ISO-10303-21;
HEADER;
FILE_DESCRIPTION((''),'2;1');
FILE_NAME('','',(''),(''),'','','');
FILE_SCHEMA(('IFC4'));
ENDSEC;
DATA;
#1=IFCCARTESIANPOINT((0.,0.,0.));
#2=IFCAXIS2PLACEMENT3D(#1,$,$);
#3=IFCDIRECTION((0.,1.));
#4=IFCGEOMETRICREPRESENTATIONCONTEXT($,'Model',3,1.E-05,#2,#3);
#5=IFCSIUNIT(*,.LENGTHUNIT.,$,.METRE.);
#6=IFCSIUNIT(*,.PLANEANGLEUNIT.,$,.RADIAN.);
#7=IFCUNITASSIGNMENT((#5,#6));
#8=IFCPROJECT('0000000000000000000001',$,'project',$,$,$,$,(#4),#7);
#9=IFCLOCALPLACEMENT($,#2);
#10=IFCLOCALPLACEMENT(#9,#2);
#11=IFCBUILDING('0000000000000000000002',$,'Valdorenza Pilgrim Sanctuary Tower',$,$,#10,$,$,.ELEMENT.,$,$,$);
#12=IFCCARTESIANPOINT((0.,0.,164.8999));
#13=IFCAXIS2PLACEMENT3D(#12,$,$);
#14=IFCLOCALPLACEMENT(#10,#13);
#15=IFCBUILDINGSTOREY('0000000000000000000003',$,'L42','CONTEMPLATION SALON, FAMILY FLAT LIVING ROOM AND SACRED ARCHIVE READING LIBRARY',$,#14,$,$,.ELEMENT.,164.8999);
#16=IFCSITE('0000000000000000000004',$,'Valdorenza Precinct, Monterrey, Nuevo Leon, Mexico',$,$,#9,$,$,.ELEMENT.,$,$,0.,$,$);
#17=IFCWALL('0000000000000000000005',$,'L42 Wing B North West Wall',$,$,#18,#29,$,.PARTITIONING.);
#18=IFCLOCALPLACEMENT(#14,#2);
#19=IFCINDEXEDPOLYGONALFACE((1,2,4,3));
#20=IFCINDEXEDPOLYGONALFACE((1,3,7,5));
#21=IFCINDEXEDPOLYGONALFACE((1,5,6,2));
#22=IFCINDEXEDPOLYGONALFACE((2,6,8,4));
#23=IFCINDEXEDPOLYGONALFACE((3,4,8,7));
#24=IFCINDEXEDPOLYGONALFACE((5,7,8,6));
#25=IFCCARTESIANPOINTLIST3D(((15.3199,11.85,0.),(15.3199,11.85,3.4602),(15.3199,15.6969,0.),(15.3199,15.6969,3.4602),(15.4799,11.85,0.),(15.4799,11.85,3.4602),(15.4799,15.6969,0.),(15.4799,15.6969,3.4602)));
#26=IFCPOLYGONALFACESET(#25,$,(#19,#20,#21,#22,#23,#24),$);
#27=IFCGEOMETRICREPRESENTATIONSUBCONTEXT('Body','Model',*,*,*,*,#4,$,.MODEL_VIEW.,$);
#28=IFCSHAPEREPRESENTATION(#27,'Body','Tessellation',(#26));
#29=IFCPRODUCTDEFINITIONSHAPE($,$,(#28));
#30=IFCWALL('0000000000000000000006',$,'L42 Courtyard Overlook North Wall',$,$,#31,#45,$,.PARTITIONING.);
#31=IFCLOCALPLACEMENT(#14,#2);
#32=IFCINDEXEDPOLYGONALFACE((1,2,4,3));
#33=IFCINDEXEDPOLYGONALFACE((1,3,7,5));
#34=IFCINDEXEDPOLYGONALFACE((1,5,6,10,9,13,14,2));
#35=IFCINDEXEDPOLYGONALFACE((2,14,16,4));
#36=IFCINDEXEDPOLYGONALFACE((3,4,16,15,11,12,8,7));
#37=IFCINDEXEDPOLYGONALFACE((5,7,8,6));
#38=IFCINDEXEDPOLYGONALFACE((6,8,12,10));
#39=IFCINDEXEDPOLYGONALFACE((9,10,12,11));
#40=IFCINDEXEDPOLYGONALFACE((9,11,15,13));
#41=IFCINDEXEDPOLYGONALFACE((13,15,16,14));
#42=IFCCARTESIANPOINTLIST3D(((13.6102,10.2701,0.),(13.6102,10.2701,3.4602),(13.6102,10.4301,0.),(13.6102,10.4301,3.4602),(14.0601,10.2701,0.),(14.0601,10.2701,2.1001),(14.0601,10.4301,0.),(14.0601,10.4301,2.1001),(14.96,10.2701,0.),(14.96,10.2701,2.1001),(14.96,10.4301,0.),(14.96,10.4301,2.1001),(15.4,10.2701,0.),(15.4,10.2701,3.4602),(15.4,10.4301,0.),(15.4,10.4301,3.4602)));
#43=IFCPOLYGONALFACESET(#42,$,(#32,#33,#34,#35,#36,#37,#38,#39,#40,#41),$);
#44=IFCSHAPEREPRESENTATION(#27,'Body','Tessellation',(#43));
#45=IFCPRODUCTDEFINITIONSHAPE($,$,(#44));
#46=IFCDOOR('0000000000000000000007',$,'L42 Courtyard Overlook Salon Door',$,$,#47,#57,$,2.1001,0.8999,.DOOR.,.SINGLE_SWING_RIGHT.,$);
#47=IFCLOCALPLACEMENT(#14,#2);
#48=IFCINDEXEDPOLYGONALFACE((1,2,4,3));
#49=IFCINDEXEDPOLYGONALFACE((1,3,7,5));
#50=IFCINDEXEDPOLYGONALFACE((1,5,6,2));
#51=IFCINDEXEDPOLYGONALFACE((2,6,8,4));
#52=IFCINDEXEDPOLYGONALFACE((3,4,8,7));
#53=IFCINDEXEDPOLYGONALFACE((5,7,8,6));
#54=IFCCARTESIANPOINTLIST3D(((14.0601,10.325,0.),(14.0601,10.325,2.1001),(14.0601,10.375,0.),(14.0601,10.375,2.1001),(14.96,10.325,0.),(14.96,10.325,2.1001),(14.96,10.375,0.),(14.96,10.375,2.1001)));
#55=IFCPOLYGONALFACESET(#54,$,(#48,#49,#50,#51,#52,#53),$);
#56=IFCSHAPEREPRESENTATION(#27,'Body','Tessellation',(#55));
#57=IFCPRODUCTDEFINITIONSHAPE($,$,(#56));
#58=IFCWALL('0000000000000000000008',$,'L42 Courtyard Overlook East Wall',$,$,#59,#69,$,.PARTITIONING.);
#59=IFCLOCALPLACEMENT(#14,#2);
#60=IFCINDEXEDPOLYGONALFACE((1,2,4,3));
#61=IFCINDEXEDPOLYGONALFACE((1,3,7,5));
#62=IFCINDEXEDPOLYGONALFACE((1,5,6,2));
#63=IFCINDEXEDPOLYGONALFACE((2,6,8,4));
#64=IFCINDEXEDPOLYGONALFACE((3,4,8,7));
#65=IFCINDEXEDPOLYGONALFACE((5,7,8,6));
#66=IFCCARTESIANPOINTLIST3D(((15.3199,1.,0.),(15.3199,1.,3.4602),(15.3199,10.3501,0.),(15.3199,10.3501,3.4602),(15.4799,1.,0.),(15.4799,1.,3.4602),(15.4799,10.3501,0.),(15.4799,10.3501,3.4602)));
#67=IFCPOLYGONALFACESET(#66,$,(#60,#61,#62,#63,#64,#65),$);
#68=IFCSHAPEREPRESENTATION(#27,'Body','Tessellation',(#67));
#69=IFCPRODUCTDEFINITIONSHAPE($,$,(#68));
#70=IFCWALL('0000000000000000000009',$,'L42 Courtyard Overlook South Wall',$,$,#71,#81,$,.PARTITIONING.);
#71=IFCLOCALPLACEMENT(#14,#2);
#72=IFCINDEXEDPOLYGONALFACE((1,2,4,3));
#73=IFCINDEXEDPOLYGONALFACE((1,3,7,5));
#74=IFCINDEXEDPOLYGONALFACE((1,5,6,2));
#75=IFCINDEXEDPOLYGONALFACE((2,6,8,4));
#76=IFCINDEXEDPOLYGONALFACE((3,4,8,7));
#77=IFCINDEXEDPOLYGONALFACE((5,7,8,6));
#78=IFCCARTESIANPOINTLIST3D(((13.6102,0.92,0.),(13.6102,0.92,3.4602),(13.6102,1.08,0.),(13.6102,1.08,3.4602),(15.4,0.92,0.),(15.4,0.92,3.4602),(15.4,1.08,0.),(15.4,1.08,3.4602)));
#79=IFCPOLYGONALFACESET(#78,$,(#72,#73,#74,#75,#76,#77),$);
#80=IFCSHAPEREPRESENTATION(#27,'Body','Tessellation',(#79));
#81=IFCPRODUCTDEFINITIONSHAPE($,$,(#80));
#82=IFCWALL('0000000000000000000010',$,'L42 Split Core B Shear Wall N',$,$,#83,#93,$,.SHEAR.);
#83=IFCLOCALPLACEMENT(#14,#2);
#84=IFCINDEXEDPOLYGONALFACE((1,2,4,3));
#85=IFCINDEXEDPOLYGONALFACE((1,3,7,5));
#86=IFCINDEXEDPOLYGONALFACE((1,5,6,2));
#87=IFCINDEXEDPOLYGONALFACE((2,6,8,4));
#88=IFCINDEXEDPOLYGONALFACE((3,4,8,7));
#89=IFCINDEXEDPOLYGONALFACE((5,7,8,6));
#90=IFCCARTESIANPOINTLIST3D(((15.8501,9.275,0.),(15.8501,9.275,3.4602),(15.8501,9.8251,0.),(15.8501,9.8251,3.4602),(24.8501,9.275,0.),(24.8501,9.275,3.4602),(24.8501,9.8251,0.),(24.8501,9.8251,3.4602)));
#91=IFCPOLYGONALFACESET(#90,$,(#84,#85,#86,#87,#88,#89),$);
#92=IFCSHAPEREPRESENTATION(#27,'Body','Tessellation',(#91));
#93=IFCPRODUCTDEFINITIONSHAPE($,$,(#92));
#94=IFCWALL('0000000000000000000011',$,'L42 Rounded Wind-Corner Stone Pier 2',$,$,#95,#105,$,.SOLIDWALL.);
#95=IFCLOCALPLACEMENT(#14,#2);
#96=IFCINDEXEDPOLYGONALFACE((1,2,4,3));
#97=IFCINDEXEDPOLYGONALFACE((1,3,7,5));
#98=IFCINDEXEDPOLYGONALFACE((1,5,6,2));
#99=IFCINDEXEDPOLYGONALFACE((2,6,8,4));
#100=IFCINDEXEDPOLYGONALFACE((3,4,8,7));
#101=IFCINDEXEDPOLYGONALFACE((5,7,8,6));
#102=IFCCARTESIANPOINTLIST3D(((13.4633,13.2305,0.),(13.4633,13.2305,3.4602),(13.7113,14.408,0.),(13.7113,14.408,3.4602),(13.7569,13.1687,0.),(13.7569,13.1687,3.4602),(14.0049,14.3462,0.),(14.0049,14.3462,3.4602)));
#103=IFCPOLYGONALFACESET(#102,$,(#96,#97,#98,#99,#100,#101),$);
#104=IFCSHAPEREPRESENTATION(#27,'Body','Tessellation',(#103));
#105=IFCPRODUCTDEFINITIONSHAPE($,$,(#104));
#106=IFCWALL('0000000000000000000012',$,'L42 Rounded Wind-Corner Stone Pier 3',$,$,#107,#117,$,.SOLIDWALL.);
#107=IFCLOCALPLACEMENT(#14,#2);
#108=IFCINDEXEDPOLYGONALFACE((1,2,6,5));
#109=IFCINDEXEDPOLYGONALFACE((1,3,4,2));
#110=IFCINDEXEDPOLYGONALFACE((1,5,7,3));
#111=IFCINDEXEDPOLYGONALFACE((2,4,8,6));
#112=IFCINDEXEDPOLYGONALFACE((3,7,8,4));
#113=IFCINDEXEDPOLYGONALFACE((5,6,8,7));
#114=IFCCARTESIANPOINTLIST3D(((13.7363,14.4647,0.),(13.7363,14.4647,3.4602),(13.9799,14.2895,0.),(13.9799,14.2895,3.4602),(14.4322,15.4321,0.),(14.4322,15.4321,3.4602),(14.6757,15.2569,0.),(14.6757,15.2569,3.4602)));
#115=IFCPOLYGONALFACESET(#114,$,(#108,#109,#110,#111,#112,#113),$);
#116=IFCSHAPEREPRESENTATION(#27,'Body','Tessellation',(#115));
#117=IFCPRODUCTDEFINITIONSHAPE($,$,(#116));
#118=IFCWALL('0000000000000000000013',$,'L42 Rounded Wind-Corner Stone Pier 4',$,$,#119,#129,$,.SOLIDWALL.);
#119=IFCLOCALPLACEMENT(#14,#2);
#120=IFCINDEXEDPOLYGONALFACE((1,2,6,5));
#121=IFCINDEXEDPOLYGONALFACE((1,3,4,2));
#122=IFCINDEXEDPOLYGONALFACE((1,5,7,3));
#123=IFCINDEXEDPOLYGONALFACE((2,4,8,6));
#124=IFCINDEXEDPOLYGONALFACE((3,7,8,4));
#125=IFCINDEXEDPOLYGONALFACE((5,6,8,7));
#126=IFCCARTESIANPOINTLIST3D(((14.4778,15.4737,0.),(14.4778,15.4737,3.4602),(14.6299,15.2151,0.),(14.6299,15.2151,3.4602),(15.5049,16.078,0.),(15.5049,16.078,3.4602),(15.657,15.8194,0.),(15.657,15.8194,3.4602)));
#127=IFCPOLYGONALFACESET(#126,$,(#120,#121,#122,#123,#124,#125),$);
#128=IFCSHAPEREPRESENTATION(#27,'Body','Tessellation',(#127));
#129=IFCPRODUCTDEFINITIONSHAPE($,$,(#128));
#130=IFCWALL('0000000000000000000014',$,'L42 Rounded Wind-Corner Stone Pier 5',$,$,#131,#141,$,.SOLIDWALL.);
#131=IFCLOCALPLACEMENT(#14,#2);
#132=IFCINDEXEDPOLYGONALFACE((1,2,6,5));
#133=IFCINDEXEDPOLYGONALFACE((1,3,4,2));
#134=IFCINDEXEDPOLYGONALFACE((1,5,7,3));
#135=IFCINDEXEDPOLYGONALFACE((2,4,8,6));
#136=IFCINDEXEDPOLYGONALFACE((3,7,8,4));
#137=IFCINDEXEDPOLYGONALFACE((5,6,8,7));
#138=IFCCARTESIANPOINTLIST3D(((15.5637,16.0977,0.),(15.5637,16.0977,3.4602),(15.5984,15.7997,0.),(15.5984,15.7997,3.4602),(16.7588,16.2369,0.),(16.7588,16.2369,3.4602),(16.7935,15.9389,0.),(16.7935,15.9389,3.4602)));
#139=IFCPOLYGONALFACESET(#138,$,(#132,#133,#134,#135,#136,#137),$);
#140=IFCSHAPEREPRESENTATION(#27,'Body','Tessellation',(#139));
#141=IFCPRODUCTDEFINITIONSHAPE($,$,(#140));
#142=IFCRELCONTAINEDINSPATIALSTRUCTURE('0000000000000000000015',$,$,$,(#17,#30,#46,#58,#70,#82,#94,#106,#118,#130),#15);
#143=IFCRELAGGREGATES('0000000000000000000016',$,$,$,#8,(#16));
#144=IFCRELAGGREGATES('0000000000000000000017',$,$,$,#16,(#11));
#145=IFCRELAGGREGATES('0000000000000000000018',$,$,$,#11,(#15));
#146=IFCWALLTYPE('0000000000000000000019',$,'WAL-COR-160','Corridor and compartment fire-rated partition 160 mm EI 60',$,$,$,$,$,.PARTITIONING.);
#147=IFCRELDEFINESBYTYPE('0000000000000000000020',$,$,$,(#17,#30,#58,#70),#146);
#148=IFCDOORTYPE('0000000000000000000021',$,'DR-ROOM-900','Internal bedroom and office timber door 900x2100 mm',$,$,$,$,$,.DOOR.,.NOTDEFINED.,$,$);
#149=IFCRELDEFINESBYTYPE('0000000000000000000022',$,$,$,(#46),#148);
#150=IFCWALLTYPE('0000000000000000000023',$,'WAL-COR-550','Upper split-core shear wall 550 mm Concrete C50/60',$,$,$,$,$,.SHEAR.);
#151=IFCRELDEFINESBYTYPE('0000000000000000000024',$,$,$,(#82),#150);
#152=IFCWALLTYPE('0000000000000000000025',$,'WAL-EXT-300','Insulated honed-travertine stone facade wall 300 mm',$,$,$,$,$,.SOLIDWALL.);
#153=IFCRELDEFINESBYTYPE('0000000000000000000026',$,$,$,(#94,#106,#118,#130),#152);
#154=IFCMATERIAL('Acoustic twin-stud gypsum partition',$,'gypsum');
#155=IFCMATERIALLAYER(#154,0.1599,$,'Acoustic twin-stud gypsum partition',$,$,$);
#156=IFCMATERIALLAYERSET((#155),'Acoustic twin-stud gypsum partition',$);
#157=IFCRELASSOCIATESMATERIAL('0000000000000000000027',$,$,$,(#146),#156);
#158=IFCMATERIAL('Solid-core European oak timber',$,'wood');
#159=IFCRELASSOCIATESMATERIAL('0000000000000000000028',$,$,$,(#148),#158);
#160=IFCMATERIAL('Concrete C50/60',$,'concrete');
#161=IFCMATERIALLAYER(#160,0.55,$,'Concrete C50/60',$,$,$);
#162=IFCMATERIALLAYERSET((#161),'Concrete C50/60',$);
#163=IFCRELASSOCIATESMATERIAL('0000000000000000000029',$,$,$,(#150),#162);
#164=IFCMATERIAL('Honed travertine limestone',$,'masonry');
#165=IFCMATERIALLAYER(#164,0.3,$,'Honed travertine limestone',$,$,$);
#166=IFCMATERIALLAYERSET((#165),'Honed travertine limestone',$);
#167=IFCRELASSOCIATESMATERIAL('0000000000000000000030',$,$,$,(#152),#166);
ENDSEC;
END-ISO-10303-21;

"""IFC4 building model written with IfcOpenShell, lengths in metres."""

from ifc_helpers import new_model, si_unit, direction, frame, frame_2d, origin, place, context, subcontext, project, spatial, rectangle, extrude, material, layer, layer_set, type_object, element, fill, save


model = new_model("IFC4")

# Units and contexts
model_context = context("Model", 3, precision=1e-05, world=origin(), true_north=direction((0.0, 1.0)))
body_context = subcontext(model_context, "Body", "Model", "MODEL_VIEW")
ifc_project = project(units=[si_unit("LENGTHUNIT", "METRE"), si_unit("PLANEANGLEUNIT", "RADIAN")], contexts=[model_context])

# Site, building, storey
site_placement = place(None, origin())
site = spatial("IfcSite", under=ifc_project, at=site_placement, Name="Valdorenza Precinct, Monterrey, Nuevo Leon, Mexico", CompositionType="ELEMENT", RefElevation=0.0)
building_placement = place(site_placement, origin())
building = spatial("IfcBuilding", under=site, at=building_placement, Name="Valdorenza Pilgrim Sanctuary Tower", CompositionType="ELEMENT")
storey_placement = place(building_placement, frame((0.0, 0.0, 164.8999)))
storey = spatial("IfcBuildingStorey", under=building, at=storey_placement, Name="L42", Description="CONTEMPLATION SALON, FAMILY FLAT LIVING ROOM AND SACRED ARCHIVE READING LIBRARY", CompositionType="ELEMENT", Elevation=164.8999)

# Shared definitions
ifc_material_1 = material(Name="Honed travertine limestone", Category="masonry")

# Shared definitions
ifc_material_2 = material(Name="Acoustic twin-stud gypsum partition", Category="gypsum")
ifc_layer_1 = layer(ifc_material_2, 0.1599, Name="Acoustic twin-stud gypsum partition")
ifc_layer_set_1 = layer_set([ifc_layer_1], Name="Acoustic twin-stud gypsum partition")
wall_type_1 = type_object("IfcWallType", Name="WAL-COR-160", Description="Corridor and compartment fire-rated partition 160 mm EI 60", PredefinedType="PARTITIONING", material=ifc_layer_set_1)
ifc_material_3 = material(Name="Solid-core European oak timber", Category="wood")
door_type = type_object("IfcDoorType", Name="DR-ROOM-900", Description="Internal bedroom and office timber door 900x2100 mm", OperationType="NOTDEFINED", PredefinedType="DOOR", material=ifc_material_3)

# Wall
wall_1_placement = place(storey_placement, frame((15.3999, 11.8501, 0.0), z_axis=(0.0, 0.0, 1.0), x_axis=(0.0, 1.0, 0.0)))
element("IfcWall", 1, at=wall_1_placement, inside=storey, type_object=wall_type_1, Name="L42 Wing B North West Wall", PredefinedType="PARTITIONING", context=body_context, shape_type="SweptSolid", body=[
    extrude(rectangle(XDim=3.8469, YDim=0.1599, at=frame_2d((1.9233, 0.0))), origin(), (0.0, 0.0, 1.0), 3.4602),
])

# Wall, opening, door
wall_2_placement = place(storey_placement, frame((13.6101, 10.3501, 0.0), z_axis=(0.0, 0.0, 1.0), x_axis=(1.0, 0.0, 0.0)))
wall_2 = element("IfcWall", 2, at=wall_2_placement, inside=storey, type_object=wall_type_1, Name="L42 Courtyard Overlook North Wall", PredefinedType="PARTITIONING", context=body_context, shape_type="SweptSolid", body=[
    extrude(rectangle(XDim=1.7898, YDim=0.1599, at=frame_2d((0.895, 0.0))), origin(), (0.0, 0.0, 1.0), 3.4602),
])
opening_1_placement = place(wall_2_placement, frame((0.45, 0.0, 0.0)))
opening_1 = element("IfcOpeningElement", 3, at=opening_1_placement, cuts=wall_2, PredefinedType="OPENING", context=body_context, shape_type="SweptSolid", body=[
    extrude(rectangle(XDim=0.8999, YDim=2.1001, at=frame_2d((0.45, 1.05))), frame((0.0, 0.0947, 0.0), z_axis=(0.0, -1.0, 0.0), x_axis=(1.0, 0.0, 0.0)), (0.0, 0.0, 1.0), 0.1897),
])
door_1_placement = place(opening_1_placement, origin())
door_1 = element("IfcDoor", 4, at=door_1_placement, inside=storey, type_object=door_type, Name="L42 Courtyard Overlook Salon Door", OperationType="SINGLE_SWING_RIGHT", OverallHeight=2.1001, OverallWidth=0.8999, PredefinedType="DOOR", context=body_context, shape_type="SweptSolid", body=[
    extrude(rectangle(XDim=0.8999, YDim=2.1001, at=frame_2d((0.45, 1.05))), frame((0.0, 0.0249, 0.0), z_axis=(0.0, -1.0, 0.0), x_axis=(1.0, 0.0, 0.0)), (0.0, 0.0, 1.0), 0.05),
])
fill(opening_1, door_1)

# Walls
wall_3_placement = place(storey_placement, frame((15.3999, 1.0, 0.0), z_axis=(0.0, 0.0, 1.0), x_axis=(0.0, 1.0, 0.0)))
element("IfcWall", 5, at=wall_3_placement, inside=storey, type_object=wall_type_1, Name="L42 Courtyard Overlook East Wall", PredefinedType="PARTITIONING", context=body_context, shape_type="SweptSolid", body=[
    extrude(rectangle(XDim=9.3501, YDim=0.1599, at=frame_2d((4.675, 0.0))), origin(), (0.0, 0.0, 1.0), 3.4602),
])
wall_4_placement = place(storey_placement, frame((13.6101, 1.0, 0.0), z_axis=(0.0, 0.0, 1.0), x_axis=(1.0, 0.0, 0.0)))
element("IfcWall", 6, at=wall_4_placement, inside=storey, type_object=wall_type_1, Name="L42 Courtyard Overlook South Wall", PredefinedType="PARTITIONING", context=body_context, shape_type="SweptSolid", body=[
    extrude(rectangle(XDim=1.7898, YDim=0.1599, at=frame_2d((0.895, 0.0))), origin(), (0.0, 0.0, 1.0), 3.4602),
])
ifc_material_4 = material(Name="Concrete C50/60", Category="concrete")
ifc_layer_2 = layer(ifc_material_4, 0.55, Name="Concrete C50/60")
ifc_layer_set_2 = layer_set([ifc_layer_2], Name="Concrete C50/60")
wall_type_2 = type_object("IfcWallType", Name="WAL-COR-550", Description="Upper split-core shear wall 550 mm Concrete C50/60", PredefinedType="SHEAR", material=ifc_layer_set_2)
wall_5_placement = place(storey_placement, frame((15.8501, 9.55, 0.0), z_axis=(0.0, 0.0, 1.0), x_axis=(1.0, 0.0, 0.0)))
element("IfcWall", 7, at=wall_5_placement, inside=storey, type_object=wall_type_2, Name="L42 Split Core B Shear Wall N", PredefinedType="SHEAR", context=body_context, shape_type="SweptSolid", body=[
    extrude(rectangle(XDim=9.0, YDim=0.55, at=frame_2d((4.5, 0.0))), origin(), (0.0, 0.0, 1.0), 3.4602),
])
ifc_layer_3 = layer(ifc_material_1, 0.3, Name="Honed travertine limestone")
ifc_layer_set_3 = layer_set([ifc_layer_3], Name="Honed travertine limestone")
wall_type_3 = type_object("IfcWallType", Name="WAL-EXT-300", Description="Insulated honed-travertine stone facade wall 300 mm", PredefinedType="SOLIDWALL", material=ifc_layer_set_3)
wall_6_placement = place(storey_placement, frame((13.6101, 13.1997, 0.0), z_axis=(0.0, 0.0, 1.0), x_axis=(0.206133, 0.978524, 0.0)))
element("IfcWall", 8, at=wall_6_placement, inside=storey, type_object=wall_type_3, Name="L42 Rounded Wind-Corner Stone Pier 2", PredefinedType="SOLIDWALL", context=body_context, shape_type="SweptSolid", body=[
    extrude(rectangle(XDim=1.2034, YDim=0.3, at=frame_2d((0.6016, 0.0))), origin(), (0.0, 0.0, 1.0), 3.4602),
])
for number, where, z_axis, x_axis, name in (
    (9, (13.8582, 14.3772, 0.0), (0.0, 0.0, 1.0), (0.583948, 0.811791, 0.0), "L42 Rounded Wind-Corner Stone Pier 3"),
    (10, (14.554, 15.3445, 0.0), (0.0, 0.0, 1.0), (0.861908, 0.507065, 0.0), "L42 Rounded Wind-Corner Stone Pier 4"),
):
    element("IfcWall", number, at=place(storey_placement, frame(where, z_axis=z_axis, x_axis=x_axis)), inside=storey, type_object=wall_type_3, Name=name, PredefinedType="SOLIDWALL", context=body_context, shape_type="SweptSolid", body=[
        extrude(rectangle(XDim=1.1917, YDim=0.3, at=frame_2d((0.5957, 0.0))), origin(), (0.0, 0.0, 1.0), 3.4602),
    ])
wall_7_placement = place(storey_placement, frame((15.5811, 15.9487, 0.0), z_axis=(0.0, 0.0, 1.0), x_axis=(0.993288, 0.115664, 0.0)))
element("IfcWall", 11, at=wall_7_placement, inside=storey, type_object=wall_type_3, Name="L42 Rounded Wind-Corner Stone Pier 5", PredefinedType="SOLIDWALL", context=body_context, shape_type="SweptSolid", body=[
    extrude(rectangle(XDim=1.2031, YDim=0.3, at=frame_2d((0.6016, 0.0))), origin(), (0.0, 0.0, 1.0), 3.4602),
])

save(model, "model.ifc")
